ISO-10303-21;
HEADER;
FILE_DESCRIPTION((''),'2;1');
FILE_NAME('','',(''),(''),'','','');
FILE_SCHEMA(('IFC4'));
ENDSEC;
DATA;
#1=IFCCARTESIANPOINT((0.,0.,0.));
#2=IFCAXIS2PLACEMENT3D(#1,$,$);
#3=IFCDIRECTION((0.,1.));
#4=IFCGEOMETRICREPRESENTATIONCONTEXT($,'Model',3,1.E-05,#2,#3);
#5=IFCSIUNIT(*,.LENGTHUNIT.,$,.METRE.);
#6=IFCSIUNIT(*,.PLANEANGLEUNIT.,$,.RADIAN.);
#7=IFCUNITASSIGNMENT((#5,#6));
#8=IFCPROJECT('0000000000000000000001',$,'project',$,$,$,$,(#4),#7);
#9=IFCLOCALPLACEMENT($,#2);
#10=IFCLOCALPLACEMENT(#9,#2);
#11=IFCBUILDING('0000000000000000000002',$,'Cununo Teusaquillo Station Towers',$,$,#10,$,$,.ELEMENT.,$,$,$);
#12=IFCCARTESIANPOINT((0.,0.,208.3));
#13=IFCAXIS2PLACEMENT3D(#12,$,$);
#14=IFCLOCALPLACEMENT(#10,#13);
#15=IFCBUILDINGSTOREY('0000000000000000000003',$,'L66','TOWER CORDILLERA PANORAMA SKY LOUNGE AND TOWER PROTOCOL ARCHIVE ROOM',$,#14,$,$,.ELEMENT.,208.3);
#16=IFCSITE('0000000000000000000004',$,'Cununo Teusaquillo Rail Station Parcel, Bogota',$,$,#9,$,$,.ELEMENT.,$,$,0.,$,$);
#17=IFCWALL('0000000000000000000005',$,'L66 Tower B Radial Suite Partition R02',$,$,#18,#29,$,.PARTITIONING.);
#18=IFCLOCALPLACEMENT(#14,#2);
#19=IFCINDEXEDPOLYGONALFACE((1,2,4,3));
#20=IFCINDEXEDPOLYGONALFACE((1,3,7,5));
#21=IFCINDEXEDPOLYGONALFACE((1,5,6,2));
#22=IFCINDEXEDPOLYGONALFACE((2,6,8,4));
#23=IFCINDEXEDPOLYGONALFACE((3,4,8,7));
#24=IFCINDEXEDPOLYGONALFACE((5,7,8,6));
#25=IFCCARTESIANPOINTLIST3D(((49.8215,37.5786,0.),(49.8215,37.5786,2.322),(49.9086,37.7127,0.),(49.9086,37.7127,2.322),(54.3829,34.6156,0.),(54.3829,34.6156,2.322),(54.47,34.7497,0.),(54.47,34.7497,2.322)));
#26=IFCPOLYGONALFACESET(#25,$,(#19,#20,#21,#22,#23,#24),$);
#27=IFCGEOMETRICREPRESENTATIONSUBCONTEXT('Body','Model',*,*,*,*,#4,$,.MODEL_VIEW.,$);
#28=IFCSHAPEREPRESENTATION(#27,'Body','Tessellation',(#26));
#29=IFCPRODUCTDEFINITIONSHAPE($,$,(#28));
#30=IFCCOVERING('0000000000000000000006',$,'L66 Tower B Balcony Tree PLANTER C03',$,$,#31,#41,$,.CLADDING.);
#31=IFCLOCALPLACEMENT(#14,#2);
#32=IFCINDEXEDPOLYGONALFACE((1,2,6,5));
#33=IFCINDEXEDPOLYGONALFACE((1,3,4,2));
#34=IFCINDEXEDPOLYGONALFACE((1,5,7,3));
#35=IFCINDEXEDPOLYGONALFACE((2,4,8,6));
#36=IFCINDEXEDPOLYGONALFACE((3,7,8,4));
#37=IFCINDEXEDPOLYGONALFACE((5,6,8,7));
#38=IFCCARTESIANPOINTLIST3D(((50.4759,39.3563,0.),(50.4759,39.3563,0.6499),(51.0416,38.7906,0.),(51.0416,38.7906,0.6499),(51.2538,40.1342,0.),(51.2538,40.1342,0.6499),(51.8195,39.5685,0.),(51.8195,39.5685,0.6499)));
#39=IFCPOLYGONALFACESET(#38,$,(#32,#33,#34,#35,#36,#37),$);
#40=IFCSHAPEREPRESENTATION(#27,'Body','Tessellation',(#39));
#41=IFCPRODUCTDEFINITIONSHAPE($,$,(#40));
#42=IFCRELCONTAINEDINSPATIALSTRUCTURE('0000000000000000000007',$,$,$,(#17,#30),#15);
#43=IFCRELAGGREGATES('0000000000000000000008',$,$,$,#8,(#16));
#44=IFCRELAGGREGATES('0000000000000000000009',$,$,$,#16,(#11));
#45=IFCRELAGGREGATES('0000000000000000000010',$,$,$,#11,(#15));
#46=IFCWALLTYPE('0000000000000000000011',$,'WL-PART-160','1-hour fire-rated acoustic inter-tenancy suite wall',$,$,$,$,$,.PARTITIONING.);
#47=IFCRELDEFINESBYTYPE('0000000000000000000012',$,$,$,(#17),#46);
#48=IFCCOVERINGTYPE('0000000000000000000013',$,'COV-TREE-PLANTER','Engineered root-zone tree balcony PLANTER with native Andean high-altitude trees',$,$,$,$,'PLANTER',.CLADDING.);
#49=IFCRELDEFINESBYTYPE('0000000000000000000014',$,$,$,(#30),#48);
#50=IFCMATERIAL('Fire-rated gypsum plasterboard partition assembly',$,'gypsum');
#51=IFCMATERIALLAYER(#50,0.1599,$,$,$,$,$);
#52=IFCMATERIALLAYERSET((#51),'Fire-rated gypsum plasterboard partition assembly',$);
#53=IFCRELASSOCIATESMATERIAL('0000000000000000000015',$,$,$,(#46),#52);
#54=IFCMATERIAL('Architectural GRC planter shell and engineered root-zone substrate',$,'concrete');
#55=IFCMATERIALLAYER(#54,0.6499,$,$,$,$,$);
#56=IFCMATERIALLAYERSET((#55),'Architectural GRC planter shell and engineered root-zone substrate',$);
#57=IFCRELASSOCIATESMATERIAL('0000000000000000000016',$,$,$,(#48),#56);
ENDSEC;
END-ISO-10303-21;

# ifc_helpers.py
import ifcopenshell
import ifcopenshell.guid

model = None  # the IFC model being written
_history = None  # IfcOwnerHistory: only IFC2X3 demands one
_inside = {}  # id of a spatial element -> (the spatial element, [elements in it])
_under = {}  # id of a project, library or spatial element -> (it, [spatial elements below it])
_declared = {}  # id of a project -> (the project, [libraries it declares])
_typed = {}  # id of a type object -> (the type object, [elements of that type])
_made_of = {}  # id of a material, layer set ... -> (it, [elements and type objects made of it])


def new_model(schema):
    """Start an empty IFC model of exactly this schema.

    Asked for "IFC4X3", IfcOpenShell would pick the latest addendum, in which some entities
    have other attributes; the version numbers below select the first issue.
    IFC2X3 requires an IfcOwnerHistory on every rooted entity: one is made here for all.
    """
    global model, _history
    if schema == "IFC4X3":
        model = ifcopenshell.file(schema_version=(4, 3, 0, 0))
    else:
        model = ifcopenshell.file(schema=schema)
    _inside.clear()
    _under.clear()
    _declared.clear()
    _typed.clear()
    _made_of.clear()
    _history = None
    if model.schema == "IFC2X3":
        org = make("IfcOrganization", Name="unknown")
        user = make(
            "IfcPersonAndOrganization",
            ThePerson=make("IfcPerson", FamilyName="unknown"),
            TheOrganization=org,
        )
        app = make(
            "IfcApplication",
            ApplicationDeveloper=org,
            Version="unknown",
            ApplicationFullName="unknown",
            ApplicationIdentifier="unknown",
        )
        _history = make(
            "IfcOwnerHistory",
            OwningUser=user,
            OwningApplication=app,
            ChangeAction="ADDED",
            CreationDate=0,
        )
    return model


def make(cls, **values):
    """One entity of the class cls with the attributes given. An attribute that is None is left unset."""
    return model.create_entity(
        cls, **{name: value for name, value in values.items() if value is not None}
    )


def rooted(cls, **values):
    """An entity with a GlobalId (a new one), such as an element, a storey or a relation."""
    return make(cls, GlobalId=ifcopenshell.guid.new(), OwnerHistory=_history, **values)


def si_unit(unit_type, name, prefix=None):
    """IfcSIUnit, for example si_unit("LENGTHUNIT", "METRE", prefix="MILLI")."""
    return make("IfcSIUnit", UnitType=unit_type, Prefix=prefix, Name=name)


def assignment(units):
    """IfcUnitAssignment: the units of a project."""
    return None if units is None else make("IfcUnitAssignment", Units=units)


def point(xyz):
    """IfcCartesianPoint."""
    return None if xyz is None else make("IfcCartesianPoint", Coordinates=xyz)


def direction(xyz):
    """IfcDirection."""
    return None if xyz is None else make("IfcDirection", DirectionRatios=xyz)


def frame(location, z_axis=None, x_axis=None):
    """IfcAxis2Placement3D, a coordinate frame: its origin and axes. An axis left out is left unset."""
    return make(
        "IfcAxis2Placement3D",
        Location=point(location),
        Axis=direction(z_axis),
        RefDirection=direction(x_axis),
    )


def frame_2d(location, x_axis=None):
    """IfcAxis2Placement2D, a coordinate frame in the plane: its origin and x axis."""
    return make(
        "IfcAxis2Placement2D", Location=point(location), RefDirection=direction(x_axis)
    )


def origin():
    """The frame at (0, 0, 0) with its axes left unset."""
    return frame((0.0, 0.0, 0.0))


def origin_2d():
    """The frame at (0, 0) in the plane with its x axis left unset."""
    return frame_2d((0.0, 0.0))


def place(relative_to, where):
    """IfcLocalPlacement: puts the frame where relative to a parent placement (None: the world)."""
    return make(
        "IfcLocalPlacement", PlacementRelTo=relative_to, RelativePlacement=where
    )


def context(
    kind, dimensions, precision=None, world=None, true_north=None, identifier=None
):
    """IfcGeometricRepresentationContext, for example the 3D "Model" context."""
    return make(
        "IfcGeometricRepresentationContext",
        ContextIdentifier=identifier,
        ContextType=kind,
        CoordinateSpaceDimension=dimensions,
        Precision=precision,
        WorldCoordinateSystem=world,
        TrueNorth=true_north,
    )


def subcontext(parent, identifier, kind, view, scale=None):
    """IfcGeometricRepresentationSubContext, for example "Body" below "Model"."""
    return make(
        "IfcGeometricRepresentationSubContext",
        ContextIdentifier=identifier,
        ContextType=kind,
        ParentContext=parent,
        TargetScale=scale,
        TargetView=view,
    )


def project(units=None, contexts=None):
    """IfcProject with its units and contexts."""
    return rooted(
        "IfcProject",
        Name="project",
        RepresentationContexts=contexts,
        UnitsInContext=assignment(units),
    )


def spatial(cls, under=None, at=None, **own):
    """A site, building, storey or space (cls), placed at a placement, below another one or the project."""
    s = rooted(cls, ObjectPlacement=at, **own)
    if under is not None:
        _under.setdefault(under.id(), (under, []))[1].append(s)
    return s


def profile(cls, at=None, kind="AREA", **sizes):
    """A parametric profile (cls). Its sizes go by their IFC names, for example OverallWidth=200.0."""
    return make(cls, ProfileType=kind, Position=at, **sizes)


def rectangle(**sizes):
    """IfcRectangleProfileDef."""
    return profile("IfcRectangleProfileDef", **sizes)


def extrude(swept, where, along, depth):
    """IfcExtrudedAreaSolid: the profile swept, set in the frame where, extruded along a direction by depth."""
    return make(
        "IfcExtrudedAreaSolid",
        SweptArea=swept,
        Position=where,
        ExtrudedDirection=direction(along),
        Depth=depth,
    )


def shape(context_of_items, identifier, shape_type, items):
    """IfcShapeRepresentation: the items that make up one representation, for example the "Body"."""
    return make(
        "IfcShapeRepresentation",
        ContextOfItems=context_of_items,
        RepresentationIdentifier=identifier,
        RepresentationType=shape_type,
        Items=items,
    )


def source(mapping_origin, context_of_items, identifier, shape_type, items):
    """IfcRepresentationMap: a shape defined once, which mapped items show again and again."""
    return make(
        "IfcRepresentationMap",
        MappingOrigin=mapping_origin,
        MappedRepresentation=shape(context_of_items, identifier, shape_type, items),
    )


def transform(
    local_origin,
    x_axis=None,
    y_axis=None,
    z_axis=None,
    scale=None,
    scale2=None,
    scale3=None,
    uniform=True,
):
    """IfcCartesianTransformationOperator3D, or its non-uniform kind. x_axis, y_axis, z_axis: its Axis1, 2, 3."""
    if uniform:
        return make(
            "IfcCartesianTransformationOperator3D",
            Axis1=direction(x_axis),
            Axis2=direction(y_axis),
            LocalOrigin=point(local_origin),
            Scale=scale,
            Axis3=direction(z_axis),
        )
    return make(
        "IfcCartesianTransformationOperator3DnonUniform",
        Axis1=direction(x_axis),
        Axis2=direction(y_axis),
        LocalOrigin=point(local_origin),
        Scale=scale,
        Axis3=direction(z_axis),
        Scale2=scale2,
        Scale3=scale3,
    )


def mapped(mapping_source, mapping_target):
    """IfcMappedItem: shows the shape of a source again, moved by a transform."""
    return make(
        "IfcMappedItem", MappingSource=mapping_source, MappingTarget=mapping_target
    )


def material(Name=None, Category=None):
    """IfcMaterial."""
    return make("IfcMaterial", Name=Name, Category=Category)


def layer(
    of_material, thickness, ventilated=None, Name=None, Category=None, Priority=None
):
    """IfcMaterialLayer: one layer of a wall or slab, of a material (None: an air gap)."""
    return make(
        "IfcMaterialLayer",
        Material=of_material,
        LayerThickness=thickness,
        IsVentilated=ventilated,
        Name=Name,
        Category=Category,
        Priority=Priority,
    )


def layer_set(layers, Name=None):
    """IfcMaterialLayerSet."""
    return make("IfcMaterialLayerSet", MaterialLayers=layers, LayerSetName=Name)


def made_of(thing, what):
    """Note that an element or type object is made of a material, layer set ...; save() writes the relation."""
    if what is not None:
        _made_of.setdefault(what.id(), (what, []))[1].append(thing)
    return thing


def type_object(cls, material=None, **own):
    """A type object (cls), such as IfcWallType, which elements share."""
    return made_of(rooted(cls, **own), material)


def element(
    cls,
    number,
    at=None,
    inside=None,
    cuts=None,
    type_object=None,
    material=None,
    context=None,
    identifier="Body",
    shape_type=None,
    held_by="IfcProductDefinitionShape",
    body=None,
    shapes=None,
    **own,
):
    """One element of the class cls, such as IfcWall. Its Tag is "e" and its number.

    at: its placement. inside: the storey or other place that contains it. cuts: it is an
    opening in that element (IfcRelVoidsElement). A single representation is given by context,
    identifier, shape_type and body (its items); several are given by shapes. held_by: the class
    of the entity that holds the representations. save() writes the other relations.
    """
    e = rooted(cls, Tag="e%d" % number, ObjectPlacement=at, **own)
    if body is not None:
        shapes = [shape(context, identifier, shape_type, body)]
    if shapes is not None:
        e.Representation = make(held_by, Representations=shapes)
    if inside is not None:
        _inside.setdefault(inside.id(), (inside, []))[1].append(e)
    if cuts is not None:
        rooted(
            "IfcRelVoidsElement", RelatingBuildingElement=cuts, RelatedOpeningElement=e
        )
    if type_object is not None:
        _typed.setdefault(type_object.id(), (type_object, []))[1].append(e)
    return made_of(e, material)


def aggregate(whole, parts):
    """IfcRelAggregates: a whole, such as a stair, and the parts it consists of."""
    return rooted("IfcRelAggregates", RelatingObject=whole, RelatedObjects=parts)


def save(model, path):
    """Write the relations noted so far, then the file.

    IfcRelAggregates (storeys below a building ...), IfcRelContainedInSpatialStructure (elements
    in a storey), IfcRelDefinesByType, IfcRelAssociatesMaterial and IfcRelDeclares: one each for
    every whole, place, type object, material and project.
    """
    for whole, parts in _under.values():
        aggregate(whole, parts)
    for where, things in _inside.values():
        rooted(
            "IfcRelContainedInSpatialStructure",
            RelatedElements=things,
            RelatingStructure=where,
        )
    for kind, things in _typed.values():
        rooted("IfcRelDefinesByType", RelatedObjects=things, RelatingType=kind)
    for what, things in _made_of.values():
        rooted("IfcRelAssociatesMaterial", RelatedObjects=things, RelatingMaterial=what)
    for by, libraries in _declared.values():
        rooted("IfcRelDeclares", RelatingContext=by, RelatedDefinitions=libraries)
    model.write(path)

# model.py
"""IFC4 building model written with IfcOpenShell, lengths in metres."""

from ifc_helpers import new_model, si_unit, direction, frame, frame_2d, origin, origin_2d, place, context, subcontext, project, spatial, rectangle, extrude, source, transform, mapped, material, layer, layer_set, type_object, element, save


model = new_model("IFC4")

# Units and contexts
model_context = context("Model", 3, precision=1e-05, world=origin(), true_north=direction((0.0, 1.0)))
body_context = subcontext(model_context, "Body", "Model", "MODEL_VIEW")
ifc_project = project(units=[si_unit("LENGTHUNIT", "METRE"), si_unit("PLANEANGLEUNIT", "RADIAN")], contexts=[model_context])

# Site, building, storey
site_placement = place(None, origin())
site = spatial("IfcSite", under=ifc_project, at=site_placement, Name="Cununo Teusaquillo Rail Station Parcel, Bogota", CompositionType="ELEMENT", RefElevation=0.0)
building_placement = place(site_placement, origin())
building = spatial("IfcBuilding", under=site, at=building_placement, Name="Cununo Teusaquillo Station Towers", CompositionType="ELEMENT")
storey_placement = place(building_placement, frame((0.0, 0.0, 208.3)))
storey = spatial("IfcBuildingStorey", under=building, at=storey_placement, Name="L66", Description="TOWER CORDILLERA PANORAMA SKY LOUNGE AND TOWER PROTOCOL ARCHIVE ROOM", CompositionType="ELEMENT", Elevation=208.3)

# Wall
ifc_material_1 = material(Name="Fire-rated gypsum plasterboard partition assembly", Category="gypsum")
ifc_layer_1 = layer(ifc_material_1, 0.1599)
ifc_layer_set_1 = layer_set([ifc_layer_1], Name="Fire-rated gypsum plasterboard partition assembly")
wall_type_1 = type_object("IfcWallType", Name="WL-PART-160", Description="1-hour fire-rated acoustic inter-tenancy suite wall", PredefinedType="PARTITIONING", material=ifc_layer_set_1)
wall_1_placement = place(storey_placement, frame((54.4265, 34.6826, 0.0), z_axis=(0.0, 0.0, 1.0), x_axis=(-0.838607, 0.544737, 0.0)))
element("IfcWall", 1, at=wall_1_placement, inside=storey, type_object=wall_type_1, Name="L66 Tower B Radial Suite Partition R02", PredefinedType="PARTITIONING", context=body_context, shape_type="SweptSolid", body=[
    extrude(rectangle(XDim=5.4392, YDim=0.1599, at=frame_2d((2.7197, 0.0))), origin(), (0.0, 0.0, 1.0), 2.322),
])

# Covering
ifc_material_2 = material(Name="Architectural GRC planter shell and engineered root-zone substrate", Category="concrete")
ifc_layer_2 = layer(ifc_material_2, 0.6499)
ifc_layer_set_2 = layer_set([ifc_layer_2], Name="Architectural GRC planter shell and engineered root-zone substrate")
covering_type = type_object("IfcCoveringType", Name="COV-TREE-PLANTER", Description="Engineered root-zone tree balcony PLANTER with native Andean high-altitude trees", ElementType="PLANTER", PredefinedType="CLADDING", material=ifc_layer_set_2)
shared_shape_1 = source(origin(), body_context, "Body", "SweptSolid", [
    extrude(rectangle(XDim=1.1001, YDim=0.8, at=origin_2d()), origin(), (0.0, 0.0, 1.0), 0.6499),
])
covering_placement = place(storey_placement, frame((51.1477, 39.4624, 0.0), z_axis=(0.0, 0.0, 1.0), x_axis=(0.707107, 0.707107, 0.0)))
element("IfcCovering", 2, at=covering_placement, inside=storey, type_object=covering_type, Name="L66 Tower B Balcony Tree PLANTER C03", PredefinedType="CLADDING", context=body_context, shape_type="MappedRepresentation", body=[
    mapped(shared_shape_1, transform((0.0, 0.0, 0.0), x_axis=(1.0, 0.0, 0.0), y_axis=(0.0, 1.0, 0.0), z_axis=(0.0, 0.0, 1.0), scale=1.0)),
])

save(model, "model.ifc")
